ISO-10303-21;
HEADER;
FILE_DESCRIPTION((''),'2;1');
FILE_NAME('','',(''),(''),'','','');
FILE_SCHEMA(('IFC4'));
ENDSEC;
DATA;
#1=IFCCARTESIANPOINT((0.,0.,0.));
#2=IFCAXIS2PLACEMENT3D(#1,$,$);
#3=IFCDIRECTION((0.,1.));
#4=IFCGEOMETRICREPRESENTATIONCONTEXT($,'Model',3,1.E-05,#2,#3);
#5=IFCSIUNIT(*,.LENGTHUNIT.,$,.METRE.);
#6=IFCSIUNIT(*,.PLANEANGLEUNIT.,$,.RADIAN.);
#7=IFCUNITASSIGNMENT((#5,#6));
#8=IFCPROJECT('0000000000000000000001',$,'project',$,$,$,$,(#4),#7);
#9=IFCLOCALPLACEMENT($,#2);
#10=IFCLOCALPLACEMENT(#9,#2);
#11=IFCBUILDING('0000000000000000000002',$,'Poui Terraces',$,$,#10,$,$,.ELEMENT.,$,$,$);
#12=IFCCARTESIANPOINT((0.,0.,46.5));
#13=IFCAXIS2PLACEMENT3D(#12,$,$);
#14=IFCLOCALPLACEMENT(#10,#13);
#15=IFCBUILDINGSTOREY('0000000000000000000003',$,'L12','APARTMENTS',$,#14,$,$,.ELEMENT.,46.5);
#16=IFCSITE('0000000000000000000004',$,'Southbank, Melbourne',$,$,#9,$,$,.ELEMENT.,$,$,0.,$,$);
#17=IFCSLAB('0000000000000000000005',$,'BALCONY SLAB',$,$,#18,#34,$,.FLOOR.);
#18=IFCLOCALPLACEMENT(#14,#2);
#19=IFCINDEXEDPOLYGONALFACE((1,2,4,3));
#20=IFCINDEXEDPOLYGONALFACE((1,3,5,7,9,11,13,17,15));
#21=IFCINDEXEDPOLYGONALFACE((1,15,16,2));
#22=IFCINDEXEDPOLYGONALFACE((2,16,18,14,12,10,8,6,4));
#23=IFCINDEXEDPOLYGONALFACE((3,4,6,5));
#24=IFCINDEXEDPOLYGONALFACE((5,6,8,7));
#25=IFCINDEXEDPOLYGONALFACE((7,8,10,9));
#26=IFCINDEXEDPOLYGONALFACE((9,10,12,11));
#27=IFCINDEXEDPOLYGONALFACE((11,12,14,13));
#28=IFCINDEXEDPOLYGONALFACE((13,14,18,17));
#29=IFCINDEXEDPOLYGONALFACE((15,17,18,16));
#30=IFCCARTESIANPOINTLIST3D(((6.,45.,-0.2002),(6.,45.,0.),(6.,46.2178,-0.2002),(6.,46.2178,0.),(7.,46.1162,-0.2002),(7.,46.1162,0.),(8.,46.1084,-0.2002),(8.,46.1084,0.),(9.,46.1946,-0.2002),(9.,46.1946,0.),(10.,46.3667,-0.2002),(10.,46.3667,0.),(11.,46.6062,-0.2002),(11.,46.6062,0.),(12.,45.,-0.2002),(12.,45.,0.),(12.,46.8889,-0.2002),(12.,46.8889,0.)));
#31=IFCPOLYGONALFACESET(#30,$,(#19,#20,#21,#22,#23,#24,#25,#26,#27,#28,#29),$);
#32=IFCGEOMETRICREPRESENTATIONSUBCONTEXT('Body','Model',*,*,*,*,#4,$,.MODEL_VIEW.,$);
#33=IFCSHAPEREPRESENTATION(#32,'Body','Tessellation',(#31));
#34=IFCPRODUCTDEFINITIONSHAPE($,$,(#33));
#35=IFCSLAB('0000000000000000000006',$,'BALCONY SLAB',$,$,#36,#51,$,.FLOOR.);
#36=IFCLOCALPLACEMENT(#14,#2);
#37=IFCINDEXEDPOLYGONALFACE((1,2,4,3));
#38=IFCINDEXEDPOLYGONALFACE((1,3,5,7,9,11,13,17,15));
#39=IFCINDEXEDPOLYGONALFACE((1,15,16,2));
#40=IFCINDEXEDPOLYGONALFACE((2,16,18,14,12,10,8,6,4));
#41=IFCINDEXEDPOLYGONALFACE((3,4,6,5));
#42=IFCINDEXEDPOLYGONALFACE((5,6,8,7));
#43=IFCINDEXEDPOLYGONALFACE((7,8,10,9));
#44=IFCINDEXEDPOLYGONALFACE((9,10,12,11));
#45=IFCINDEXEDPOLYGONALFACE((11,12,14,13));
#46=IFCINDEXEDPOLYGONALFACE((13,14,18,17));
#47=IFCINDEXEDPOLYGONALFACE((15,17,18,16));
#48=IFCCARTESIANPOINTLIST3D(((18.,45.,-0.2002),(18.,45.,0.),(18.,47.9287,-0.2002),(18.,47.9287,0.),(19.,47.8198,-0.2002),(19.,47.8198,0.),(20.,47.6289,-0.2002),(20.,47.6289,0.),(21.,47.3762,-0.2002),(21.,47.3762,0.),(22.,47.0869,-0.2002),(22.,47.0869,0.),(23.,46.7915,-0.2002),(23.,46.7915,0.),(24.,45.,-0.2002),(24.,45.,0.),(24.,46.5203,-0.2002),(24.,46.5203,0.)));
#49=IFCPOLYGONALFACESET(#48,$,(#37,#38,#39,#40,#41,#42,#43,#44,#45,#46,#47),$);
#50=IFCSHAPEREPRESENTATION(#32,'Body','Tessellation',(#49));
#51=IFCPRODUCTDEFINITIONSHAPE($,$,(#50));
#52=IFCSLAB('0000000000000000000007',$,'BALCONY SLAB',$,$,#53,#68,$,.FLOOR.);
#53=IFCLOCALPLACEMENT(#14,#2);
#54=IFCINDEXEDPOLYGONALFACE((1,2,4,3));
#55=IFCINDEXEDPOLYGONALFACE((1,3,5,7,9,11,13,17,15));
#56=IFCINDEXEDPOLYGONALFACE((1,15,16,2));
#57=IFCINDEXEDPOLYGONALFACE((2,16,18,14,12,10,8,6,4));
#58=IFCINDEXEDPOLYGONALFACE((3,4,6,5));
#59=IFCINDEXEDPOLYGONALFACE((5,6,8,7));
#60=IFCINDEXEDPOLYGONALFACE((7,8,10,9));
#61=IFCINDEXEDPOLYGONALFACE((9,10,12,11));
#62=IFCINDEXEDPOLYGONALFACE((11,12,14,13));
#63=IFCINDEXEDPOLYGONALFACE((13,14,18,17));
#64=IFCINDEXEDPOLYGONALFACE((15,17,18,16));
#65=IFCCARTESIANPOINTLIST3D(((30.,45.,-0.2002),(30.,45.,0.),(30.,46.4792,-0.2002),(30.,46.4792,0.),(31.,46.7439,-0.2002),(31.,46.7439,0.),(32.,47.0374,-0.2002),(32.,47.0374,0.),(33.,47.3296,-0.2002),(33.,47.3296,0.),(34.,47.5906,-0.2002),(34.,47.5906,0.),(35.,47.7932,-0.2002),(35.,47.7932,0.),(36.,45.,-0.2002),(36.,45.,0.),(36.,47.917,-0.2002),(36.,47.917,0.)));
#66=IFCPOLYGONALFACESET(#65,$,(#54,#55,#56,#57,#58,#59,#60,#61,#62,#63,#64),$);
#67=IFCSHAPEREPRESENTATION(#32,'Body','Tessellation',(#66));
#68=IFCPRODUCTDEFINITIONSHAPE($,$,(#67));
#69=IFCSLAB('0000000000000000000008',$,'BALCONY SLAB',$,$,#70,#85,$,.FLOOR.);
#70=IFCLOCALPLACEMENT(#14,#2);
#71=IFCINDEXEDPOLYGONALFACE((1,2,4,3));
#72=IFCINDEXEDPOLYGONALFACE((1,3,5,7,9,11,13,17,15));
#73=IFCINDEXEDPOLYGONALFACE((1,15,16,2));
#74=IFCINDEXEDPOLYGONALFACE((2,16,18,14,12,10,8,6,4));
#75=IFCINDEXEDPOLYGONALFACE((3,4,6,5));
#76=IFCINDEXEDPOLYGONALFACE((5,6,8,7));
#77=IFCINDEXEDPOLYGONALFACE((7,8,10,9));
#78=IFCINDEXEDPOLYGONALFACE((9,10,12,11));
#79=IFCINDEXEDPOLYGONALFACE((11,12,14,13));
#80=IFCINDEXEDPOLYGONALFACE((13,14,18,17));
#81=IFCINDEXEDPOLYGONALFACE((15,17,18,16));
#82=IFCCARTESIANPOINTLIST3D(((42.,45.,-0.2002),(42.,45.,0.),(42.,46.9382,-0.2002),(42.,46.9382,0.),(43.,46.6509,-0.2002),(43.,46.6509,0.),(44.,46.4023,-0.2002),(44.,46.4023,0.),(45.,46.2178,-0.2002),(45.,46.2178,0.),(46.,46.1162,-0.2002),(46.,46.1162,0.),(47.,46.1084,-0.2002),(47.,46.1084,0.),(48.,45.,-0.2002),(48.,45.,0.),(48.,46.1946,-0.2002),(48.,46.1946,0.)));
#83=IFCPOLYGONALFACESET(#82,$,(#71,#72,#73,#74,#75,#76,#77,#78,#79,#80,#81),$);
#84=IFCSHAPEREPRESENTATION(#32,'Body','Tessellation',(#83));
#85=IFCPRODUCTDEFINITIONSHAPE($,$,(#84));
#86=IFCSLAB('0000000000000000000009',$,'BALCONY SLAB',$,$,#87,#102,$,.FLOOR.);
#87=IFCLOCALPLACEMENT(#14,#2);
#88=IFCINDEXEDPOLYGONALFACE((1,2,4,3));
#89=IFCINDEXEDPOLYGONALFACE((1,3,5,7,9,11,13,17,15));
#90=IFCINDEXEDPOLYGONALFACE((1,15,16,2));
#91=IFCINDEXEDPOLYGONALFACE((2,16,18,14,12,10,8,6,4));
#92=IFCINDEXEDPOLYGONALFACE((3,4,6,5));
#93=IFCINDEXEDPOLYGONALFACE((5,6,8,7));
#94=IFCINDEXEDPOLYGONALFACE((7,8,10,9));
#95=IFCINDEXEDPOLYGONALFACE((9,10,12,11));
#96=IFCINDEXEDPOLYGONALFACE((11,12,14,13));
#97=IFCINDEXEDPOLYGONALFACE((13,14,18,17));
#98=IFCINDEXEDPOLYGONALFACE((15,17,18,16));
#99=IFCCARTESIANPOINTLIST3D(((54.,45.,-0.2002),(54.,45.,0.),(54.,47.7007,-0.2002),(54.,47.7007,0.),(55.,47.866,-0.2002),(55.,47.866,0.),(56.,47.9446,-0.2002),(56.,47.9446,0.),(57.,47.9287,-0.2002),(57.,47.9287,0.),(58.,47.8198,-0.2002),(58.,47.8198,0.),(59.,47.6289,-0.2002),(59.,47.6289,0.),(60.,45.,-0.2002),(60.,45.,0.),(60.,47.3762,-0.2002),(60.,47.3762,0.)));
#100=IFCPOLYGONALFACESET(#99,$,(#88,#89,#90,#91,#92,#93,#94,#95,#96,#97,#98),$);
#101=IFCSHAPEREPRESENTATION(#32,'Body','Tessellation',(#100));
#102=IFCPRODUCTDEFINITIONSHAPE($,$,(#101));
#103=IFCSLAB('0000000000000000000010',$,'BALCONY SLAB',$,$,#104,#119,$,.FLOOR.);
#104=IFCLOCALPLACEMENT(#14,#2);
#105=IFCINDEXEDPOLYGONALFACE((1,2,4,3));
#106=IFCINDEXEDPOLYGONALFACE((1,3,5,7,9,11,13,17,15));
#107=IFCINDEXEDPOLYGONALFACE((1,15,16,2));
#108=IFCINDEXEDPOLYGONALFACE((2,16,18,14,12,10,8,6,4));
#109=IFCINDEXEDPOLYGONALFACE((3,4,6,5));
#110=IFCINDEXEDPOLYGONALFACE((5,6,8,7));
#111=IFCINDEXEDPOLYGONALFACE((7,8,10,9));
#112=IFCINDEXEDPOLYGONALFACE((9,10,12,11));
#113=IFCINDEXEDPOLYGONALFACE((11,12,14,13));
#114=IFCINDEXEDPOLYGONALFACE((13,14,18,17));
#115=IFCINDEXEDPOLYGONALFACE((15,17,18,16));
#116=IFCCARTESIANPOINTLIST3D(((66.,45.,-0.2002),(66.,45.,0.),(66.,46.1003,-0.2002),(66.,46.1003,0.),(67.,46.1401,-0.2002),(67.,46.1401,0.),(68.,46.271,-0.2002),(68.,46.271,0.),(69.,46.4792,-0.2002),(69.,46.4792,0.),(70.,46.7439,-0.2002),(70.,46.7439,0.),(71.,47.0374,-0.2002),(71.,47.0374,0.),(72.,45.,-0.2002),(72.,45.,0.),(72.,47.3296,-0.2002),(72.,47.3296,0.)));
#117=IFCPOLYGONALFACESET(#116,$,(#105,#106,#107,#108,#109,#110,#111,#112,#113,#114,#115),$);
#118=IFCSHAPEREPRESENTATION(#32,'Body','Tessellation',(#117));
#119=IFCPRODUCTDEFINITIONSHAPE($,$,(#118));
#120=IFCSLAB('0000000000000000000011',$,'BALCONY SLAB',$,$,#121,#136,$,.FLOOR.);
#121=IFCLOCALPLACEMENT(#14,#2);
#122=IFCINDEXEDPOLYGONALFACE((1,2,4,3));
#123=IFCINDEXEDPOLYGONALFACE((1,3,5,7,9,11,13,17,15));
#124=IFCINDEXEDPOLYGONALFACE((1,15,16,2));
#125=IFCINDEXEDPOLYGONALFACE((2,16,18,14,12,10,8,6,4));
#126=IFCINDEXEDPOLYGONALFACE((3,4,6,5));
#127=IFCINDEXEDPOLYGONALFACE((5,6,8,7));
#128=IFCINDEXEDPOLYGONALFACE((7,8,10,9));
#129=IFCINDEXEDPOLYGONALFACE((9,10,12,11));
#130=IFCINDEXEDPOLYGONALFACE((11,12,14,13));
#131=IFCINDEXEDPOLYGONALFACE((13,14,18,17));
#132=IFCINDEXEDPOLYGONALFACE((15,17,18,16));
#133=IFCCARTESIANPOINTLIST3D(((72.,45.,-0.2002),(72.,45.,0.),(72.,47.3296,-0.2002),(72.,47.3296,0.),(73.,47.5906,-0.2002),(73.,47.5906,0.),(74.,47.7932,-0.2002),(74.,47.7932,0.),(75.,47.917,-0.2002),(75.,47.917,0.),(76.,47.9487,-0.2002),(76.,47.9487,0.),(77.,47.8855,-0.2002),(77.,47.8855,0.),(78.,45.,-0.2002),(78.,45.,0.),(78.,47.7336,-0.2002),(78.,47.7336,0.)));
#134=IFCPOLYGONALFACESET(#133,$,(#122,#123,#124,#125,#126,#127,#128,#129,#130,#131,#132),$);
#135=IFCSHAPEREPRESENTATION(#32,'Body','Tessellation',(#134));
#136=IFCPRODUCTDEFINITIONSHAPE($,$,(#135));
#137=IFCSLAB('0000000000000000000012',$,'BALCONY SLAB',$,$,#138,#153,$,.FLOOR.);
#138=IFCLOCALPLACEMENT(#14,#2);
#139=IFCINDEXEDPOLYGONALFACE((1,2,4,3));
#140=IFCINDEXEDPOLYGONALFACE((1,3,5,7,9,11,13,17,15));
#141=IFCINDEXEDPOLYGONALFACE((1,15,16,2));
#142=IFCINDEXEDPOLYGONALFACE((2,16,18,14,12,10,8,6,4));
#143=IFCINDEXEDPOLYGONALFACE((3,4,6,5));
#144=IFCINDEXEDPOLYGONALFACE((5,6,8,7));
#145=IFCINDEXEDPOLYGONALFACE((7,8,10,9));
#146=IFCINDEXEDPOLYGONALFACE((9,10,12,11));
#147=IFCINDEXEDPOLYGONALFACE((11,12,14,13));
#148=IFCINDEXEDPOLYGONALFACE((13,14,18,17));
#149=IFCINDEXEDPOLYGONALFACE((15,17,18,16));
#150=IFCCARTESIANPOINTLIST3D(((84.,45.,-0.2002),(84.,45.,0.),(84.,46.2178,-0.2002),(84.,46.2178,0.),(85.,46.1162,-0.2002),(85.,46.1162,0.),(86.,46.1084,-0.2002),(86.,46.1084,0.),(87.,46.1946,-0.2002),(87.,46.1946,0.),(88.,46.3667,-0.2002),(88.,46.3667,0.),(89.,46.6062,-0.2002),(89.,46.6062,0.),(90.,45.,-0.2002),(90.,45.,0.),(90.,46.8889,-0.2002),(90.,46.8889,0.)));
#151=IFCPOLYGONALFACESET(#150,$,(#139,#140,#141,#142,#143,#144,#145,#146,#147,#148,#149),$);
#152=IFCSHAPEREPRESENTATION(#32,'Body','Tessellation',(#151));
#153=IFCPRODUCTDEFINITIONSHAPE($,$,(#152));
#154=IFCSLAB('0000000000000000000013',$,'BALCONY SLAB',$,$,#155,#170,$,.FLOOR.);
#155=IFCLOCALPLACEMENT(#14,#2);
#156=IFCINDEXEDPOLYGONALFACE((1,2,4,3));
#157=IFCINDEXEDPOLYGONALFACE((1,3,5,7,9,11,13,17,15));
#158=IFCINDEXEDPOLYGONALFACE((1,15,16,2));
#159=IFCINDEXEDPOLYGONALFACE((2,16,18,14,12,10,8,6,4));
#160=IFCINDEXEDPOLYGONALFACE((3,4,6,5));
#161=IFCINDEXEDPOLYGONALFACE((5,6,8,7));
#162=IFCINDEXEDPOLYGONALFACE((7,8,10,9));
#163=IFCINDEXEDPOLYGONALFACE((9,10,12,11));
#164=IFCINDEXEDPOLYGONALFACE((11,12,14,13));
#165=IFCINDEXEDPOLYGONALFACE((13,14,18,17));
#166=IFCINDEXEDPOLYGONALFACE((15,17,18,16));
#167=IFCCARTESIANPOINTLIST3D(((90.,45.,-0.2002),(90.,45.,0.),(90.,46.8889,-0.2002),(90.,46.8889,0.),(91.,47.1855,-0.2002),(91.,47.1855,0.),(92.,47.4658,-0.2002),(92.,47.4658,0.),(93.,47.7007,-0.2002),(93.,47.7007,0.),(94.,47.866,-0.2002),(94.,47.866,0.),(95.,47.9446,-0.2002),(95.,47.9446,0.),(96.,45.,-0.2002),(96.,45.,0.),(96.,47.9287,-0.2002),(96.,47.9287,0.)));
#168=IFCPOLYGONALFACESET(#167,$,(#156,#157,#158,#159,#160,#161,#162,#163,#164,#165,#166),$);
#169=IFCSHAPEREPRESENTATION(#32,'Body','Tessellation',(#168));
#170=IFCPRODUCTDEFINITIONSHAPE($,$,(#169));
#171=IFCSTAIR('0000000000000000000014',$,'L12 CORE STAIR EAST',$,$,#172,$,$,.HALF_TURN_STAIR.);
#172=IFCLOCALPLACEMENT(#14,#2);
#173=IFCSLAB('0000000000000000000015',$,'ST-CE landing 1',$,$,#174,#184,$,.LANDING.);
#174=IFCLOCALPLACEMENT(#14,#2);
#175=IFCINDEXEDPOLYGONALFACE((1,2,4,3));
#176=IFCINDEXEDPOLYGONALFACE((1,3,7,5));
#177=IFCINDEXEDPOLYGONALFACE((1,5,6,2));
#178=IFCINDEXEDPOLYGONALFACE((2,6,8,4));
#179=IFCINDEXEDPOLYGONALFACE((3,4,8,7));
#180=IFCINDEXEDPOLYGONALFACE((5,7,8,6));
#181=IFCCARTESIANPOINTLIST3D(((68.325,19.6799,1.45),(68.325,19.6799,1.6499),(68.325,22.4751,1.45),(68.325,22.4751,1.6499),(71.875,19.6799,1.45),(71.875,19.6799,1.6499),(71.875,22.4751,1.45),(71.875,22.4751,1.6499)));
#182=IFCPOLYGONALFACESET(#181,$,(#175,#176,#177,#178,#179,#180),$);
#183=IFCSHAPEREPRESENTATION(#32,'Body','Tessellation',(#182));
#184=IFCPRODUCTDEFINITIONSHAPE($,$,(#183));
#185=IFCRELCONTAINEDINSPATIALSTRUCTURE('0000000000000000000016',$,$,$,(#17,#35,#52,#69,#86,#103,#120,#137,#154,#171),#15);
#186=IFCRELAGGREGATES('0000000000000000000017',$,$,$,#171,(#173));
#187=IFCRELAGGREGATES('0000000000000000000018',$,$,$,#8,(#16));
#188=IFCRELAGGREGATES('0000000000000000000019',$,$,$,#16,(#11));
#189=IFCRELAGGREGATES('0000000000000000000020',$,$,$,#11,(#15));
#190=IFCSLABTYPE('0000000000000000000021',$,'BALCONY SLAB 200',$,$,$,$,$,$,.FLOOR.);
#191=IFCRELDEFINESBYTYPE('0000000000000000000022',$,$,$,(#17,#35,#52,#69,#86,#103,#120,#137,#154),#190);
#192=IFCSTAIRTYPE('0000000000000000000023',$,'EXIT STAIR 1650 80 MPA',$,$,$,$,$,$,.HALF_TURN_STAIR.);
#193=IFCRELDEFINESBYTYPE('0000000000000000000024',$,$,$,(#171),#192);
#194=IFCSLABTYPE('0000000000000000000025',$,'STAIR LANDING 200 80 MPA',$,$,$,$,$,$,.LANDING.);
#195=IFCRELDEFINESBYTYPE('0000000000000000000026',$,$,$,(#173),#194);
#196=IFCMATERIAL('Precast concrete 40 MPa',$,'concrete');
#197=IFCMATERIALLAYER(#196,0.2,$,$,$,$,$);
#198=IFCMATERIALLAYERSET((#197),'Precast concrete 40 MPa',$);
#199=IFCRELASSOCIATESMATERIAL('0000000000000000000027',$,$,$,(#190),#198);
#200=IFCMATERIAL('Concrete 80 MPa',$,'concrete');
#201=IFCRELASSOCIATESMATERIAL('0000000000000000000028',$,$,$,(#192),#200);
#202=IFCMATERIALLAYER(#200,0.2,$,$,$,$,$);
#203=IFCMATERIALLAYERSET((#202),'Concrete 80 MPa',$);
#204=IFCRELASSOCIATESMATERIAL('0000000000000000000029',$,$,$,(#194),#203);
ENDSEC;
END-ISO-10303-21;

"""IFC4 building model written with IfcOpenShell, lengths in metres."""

from ifc_helpers import new_model, si_unit, direction, frame, origin, place, context, subcontext, project, spatial, polyline, outline, extrude, material, layer, layer_set, type_object, element, aggregate, save


model = new_model("IFC4")

# Units and contexts
model_context = context("Model", 3, precision=1e-05, world=origin(), true_north=direction((0.0, 1.0)))
body_context = subcontext(model_context, "Body", "Model", "MODEL_VIEW")
ifc_project = project(units=[si_unit("LENGTHUNIT", "METRE"), si_unit("PLANEANGLEUNIT", "RADIAN")], contexts=[model_context])

# Site, building, storey
site_placement = place(None, origin())
site = spatial("IfcSite", under=ifc_project, at=site_placement, Name="Southbank, Melbourne", CompositionType="ELEMENT", RefElevation=0.0)
building_placement = place(site_placement, origin())
building = spatial("IfcBuilding", under=site, at=building_placement, Name="Poui Terraces", CompositionType="ELEMENT")
storey_placement = place(building_placement, frame((0.0, 0.0, 46.5)))
storey = spatial("IfcBuildingStorey", under=building, at=storey_placement, Name="L12", Description="APARTMENTS", CompositionType="ELEMENT", Elevation=46.5)

# Slabs
ifc_material_1 = material(Name="Precast concrete 40 MPa", Category="concrete")
ifc_layer_1 = layer(ifc_material_1, 0.2)
ifc_layer_set_1 = layer_set([ifc_layer_1], Name="Precast concrete 40 MPa")
slab_type_1 = type_object("IfcSlabType", Name="BALCONY SLAB 200", PredefinedType="FLOOR", material=ifc_layer_set_1)
slab_1_placement = place(storey_placement, frame((0.0, 0.0, -0.2002)))
element("IfcSlab", 1, at=slab_1_placement, inside=storey, type_object=slab_type_1, Name="BALCONY SLAB", PredefinedType="FLOOR", context=body_context, shape_type="SweptSolid", body=[
    extrude(outline(polyline([(6.0, 45.0), (12.0, 45.0), (12.0, 46.8889), (11.0, 46.6062), (10.0, 46.3667), (9.0, 46.1946), (8.0, 46.1084), (7.0, 46.1162), (6.0, 46.2178), (6.0, 45.0)])), origin(), (0.0, 0.0, 1.0), 0.2002),
])
slab_2_placement = place(storey_placement, frame((0.0, 0.0, -0.2002)))
element("IfcSlab", 2, at=slab_2_placement, inside=storey, type_object=slab_type_1, Name="BALCONY SLAB", PredefinedType="FLOOR", context=body_context, shape_type="SweptSolid", body=[
    extrude(outline(polyline([(18.0, 45.0), (24.0, 45.0), (24.0, 46.5203), (23.0, 46.7915), (22.0, 47.0869), (21.0, 47.3762), (20.0, 47.6289), (19.0, 47.8198), (18.0, 47.9287), (18.0, 45.0)])), origin(), (0.0, 0.0, 1.0), 0.2002),
])
slab_3_placement = place(storey_placement, frame((0.0, 0.0, -0.2002)))
element("IfcSlab", 3, at=slab_3_placement, inside=storey, type_object=slab_type_1, Name="BALCONY SLAB", PredefinedType="FLOOR", context=body_context, shape_type="SweptSolid", body=[
    extrude(outline(polyline([(30.0, 45.0), (36.0, 45.0), (36.0, 47.917), (35.0, 47.7932), (34.0, 47.5906), (33.0, 47.3296), (32.0, 47.0374), (31.0, 46.7439), (30.0, 46.4792), (30.0, 45.0)])), origin(), (0.0, 0.0, 1.0), 0.2002),
])
slab_4_placement = place(storey_placement, frame((0.0, 0.0, -0.2002)))
element("IfcSlab", 4, at=slab_4_placement, inside=storey, type_object=slab_type_1, Name="BALCONY SLAB", PredefinedType="FLOOR", context=body_context, shape_type="SweptSolid", body=[
    extrude(outline(polyline([(42.0, 45.0), (48.0, 45.0), (48.0, 46.1946), (47.0, 46.1084), (46.0, 46.1162), (45.0, 46.2178), (44.0, 46.4023), (43.0, 46.6509), (42.0, 46.9382), (42.0, 45.0)])), origin(), (0.0, 0.0, 1.0), 0.2002),
])
slab_5_placement = place(storey_placement, frame((0.0, 0.0, -0.2002)))
element("IfcSlab", 5, at=slab_5_placement, inside=storey, type_object=slab_type_1, Name="BALCONY SLAB", PredefinedType="FLOOR", context=body_context, shape_type="SweptSolid", body=[
    extrude(outline(polyline([(54.0, 45.0), (60.0, 45.0), (60.0, 47.3762), (59.0, 47.6289), (58.0, 47.8198), (57.0, 47.9287), (56.0, 47.9446), (55.0, 47.866), (54.0, 47.7007), (54.0, 45.0)])), origin(), (0.0, 0.0, 1.0), 0.2002),
])
slab_6_placement = place(storey_placement, frame((0.0, 0.0, -0.2002)))
element("IfcSlab", 6, at=slab_6_placement, inside=storey, type_object=slab_type_1, Name="BALCONY SLAB", PredefinedType="FLOOR", context=body_context, shape_type="SweptSolid", body=[
    extrude(outline(polyline([(66.0, 45.0), (72.0, 45.0), (72.0, 47.3296), (71.0, 47.0374), (70.0, 46.7439), (69.0, 46.4792), (68.0, 46.271), (67.0, 46.1401), (66.0, 46.1003), (66.0, 45.0)])), origin(), (0.0, 0.0, 1.0), 0.2002),
])
slab_7_placement = place(storey_placement, frame((0.0, 0.0, -0.2002)))
element("IfcSlab", 7, at=slab_7_placement, inside=storey, type_object=slab_type_1, Name="BALCONY SLAB", PredefinedType="FLOOR", context=body_context, shape_type="SweptSolid", body=[
    extrude(outline(polyline([(72.0, 45.0), (78.0, 45.0), (78.0, 47.7336), (77.0, 47.8855), (76.0, 47.9487), (75.0, 47.917), (74.0, 47.7932), (73.0, 47.5906), (72.0, 47.3296), (72.0, 45.0)])), origin(), (0.0, 0.0, 1.0), 0.2002),
])
slab_8_placement = place(storey_placement, frame((0.0, 0.0, -0.2002)))
element("IfcSlab", 8, at=slab_8_placement, inside=storey, type_object=slab_type_1, Name="BALCONY SLAB", PredefinedType="FLOOR", context=body_context, shape_type="SweptSolid", body=[
    extrude(outline(polyline([(84.0, 45.0), (90.0, 45.0), (90.0, 46.8889), (89.0, 46.6062), (88.0, 46.3667), (87.0, 46.1946), (86.0, 46.1084), (85.0, 46.1162), (84.0, 46.2178), (84.0, 45.0)])), origin(), (0.0, 0.0, 1.0), 0.2002),
])
slab_9_placement = place(storey_placement, frame((0.0, 0.0, -0.2002)))
element("IfcSlab", 9, at=slab_9_placement, inside=storey, type_object=slab_type_1, Name="BALCONY SLAB", PredefinedType="FLOOR", context=body_context, shape_type="SweptSolid", body=[
    extrude(outline(polyline([(90.0, 45.0), (96.0, 45.0), (96.0, 47.9287), (95.0, 47.9446), (94.0, 47.866), (93.0, 47.7007), (92.0, 47.4658), (91.0, 47.1855), (90.0, 46.8889), (90.0, 45.0)])), origin(), (0.0, 0.0, 1.0), 0.2002),
])

# Stair, slab
ifc_material_2 = material(Name="Concrete 80 MPa", Category="concrete")
stair_type = type_object("IfcStairType", Name="EXIT STAIR 1650 80 MPA", PredefinedType="HALF_TURN_STAIR", material=ifc_material_2)
stair_placement = place(storey_placement, origin())
stair = element("IfcStair", 10, at=stair_placement, inside=storey, type_object=stair_type, Name="L12 CORE STAIR EAST", PredefinedType="HALF_TURN_STAIR")
ifc_layer_2 = layer(ifc_material_2, 0.2)
ifc_layer_set_2 = layer_set([ifc_layer_2], Name="Concrete 80 MPa")
slab_type_2 = type_object("IfcSlabType", Name="STAIR LANDING 200 80 MPA", PredefinedType="LANDING", material=ifc_layer_set_2)
slab_10_placement = place(storey_placement, frame((0.0, 0.0, 1.45)))
slab_10 = element("IfcSlab", 11, at=slab_10_placement, type_object=slab_type_2, Name="ST-CE landing 1", PredefinedType="LANDING", context=body_context, shape_type="SweptSolid", body=[
    extrude(outline(polyline([(68.325, 19.6799), (71.875, 19.6799), (71.875, 22.4751), (68.325, 22.4751), (68.325, 19.6799)])), origin(), (0.0, 0.0, 1.0), 0.2),
])
aggregate(stair, [slab_10])

save(model, "model.ifc")
